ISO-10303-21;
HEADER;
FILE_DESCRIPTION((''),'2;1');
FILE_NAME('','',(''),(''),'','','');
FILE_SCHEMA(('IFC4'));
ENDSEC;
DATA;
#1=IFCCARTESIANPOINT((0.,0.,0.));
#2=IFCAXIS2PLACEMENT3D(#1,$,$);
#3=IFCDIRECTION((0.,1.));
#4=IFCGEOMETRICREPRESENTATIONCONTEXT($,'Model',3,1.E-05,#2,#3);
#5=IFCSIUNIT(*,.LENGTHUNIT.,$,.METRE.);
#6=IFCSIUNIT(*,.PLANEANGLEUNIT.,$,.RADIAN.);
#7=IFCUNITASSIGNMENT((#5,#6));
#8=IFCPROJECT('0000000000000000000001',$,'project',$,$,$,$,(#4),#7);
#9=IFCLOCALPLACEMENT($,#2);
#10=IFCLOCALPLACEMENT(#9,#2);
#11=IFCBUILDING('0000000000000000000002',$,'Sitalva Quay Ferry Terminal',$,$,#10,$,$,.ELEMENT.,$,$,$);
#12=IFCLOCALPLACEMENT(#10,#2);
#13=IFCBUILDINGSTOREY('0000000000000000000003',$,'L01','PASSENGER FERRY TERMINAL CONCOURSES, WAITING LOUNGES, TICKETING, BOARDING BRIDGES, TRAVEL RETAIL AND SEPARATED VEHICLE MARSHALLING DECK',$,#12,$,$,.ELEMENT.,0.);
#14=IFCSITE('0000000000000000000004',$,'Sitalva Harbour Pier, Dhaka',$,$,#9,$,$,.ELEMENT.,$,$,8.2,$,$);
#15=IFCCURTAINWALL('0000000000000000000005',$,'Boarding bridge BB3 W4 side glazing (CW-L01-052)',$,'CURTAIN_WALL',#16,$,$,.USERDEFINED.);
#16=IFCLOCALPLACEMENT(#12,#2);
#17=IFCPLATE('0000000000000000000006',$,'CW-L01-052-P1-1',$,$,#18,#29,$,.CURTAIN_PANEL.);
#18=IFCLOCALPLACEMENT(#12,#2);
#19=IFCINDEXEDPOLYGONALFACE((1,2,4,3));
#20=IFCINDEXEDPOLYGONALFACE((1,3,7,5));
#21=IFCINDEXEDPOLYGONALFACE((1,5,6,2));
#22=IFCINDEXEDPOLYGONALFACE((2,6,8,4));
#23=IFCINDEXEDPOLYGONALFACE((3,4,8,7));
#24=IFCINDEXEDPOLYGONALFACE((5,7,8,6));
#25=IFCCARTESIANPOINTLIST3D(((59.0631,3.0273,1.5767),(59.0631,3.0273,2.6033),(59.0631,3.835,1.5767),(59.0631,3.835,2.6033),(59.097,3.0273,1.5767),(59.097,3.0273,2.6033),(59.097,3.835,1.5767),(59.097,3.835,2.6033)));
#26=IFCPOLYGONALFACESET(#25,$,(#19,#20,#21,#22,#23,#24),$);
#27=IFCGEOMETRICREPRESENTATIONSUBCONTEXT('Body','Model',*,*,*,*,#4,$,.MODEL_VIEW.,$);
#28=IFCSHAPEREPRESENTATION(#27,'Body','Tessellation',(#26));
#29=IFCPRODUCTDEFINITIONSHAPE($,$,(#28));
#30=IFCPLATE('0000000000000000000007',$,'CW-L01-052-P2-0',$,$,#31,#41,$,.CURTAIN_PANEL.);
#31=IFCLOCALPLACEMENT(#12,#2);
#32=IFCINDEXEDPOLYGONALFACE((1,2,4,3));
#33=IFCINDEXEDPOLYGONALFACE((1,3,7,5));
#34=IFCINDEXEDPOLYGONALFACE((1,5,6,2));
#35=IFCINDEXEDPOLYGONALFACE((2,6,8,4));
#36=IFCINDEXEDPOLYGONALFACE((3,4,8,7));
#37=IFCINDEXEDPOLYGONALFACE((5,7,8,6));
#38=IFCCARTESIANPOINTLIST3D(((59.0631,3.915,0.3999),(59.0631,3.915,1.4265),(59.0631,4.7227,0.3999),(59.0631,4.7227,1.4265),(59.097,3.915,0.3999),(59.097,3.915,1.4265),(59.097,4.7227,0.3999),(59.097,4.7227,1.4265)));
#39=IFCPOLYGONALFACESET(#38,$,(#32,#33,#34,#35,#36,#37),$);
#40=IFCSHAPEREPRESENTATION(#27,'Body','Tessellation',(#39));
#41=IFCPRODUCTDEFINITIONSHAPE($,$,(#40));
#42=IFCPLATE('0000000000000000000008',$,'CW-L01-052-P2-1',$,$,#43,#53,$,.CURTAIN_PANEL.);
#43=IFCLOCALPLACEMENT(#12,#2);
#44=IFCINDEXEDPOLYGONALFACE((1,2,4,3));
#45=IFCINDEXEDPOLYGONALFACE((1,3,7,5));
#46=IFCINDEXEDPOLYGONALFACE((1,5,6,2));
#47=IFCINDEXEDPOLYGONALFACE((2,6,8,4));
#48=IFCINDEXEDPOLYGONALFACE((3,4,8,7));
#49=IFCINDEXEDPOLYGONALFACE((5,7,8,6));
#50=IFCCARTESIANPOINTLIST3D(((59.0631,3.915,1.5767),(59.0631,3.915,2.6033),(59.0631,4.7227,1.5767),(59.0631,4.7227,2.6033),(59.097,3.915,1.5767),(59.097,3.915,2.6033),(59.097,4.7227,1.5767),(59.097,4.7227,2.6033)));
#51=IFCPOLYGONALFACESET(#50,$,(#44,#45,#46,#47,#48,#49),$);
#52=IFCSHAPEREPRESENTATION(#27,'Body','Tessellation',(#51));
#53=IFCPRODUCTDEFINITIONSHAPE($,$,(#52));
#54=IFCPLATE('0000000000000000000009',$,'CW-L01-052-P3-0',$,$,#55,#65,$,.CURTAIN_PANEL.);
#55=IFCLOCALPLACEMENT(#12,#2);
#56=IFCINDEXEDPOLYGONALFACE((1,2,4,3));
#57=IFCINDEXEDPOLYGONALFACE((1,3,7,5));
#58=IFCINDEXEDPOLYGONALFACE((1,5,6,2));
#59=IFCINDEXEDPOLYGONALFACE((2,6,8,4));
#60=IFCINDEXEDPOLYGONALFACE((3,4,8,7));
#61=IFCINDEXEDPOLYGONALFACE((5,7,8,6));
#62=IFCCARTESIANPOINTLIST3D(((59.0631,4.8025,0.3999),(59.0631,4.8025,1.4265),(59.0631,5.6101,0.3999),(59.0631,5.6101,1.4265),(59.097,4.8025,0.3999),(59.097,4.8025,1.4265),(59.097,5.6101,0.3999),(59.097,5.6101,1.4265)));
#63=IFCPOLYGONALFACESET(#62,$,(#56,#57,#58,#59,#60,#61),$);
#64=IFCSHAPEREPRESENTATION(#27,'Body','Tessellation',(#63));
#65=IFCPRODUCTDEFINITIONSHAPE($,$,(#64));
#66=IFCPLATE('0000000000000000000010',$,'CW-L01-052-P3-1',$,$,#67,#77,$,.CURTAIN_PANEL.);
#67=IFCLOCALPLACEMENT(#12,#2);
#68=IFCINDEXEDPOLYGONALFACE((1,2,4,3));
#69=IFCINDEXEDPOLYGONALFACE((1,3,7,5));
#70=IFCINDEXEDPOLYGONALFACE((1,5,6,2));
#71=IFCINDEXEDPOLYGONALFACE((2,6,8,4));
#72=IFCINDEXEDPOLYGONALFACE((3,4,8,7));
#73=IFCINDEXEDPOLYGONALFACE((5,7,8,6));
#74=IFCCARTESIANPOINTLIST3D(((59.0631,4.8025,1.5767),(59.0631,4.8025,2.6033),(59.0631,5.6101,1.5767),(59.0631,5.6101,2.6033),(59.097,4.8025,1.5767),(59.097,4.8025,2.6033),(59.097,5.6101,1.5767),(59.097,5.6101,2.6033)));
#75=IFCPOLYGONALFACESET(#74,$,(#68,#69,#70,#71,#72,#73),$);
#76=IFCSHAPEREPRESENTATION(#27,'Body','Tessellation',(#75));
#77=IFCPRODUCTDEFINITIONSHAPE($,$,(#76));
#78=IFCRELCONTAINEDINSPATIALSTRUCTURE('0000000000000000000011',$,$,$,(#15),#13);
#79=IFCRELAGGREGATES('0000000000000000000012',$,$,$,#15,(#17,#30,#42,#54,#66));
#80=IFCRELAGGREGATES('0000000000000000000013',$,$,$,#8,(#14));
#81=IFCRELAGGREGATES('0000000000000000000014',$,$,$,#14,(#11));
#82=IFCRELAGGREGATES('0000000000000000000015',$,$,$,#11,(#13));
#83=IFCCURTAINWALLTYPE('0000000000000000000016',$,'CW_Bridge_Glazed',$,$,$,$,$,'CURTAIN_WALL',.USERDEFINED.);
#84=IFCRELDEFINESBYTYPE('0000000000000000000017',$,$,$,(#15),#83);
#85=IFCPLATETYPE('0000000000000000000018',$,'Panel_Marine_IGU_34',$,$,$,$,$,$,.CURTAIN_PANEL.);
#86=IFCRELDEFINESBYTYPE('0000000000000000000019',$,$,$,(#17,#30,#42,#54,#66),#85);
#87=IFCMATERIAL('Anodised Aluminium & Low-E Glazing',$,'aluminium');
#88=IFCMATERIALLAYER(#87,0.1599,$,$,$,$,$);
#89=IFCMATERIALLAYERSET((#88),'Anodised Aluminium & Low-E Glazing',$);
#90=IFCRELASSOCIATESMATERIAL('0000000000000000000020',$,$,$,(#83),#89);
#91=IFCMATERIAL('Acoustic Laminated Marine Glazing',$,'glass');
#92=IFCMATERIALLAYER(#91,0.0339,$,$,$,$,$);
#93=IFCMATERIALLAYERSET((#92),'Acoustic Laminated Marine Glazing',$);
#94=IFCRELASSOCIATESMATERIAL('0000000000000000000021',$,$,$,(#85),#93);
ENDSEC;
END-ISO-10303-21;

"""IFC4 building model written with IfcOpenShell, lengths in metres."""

from ifc_helpers import new_model, si_unit, direction, frame, origin, origin_2d, place, context, subcontext, project, spatial, rectangle, extrude, material, layer, layer_set, type_object, element, aggregate, save


model = new_model("IFC4")

# Units and contexts
model_context = context("Model", 3, precision=1e-05, world=origin(), true_north=direction((0.0, 1.0)))
body_context = subcontext(model_context, "Body", "Model", "MODEL_VIEW")
ifc_project = project(units=[si_unit("LENGTHUNIT", "METRE"), si_unit("PLANEANGLEUNIT", "RADIAN")], contexts=[model_context])

# Site, building, storey
site_placement = place(None, origin())
site = spatial("IfcSite", under=ifc_project, at=site_placement, Name="Sitalva Harbour Pier, Dhaka", CompositionType="ELEMENT", RefElevation=8.2)
building_placement = place(site_placement, origin())
building = spatial("IfcBuilding", under=site, at=building_placement, Name="Sitalva Quay Ferry Terminal", CompositionType="ELEMENT")
storey_placement = place(building_placement, origin())
storey = spatial("IfcBuildingStorey", under=building, at=storey_placement, Name="L01", Description="PASSENGER FERRY TERMINAL CONCOURSES, WAITING LOUNGES, TICKETING, BOARDING BRIDGES, TRAVEL RETAIL AND SEPARATED VEHICLE MARSHALLING DECK", CompositionType="ELEMENT", Elevation=0.0)

# Curtain wall
ifc_material_1 = material(Name="Anodised Aluminium & Low-E Glazing", Category="aluminium")
ifc_layer_1 = layer(ifc_material_1, 0.1599)
ifc_layer_set_1 = layer_set([ifc_layer_1], Name="Anodised Aluminium & Low-E Glazing")
curtain_wall_type = type_object("IfcCurtainWallType", Name="CW_Bridge_Glazed", ElementType="CURTAIN_WALL", PredefinedType="USERDEFINED", material=ifc_layer_set_1)
curtain_wall_placement = place(storey_placement, origin())
curtain_wall = element("IfcCurtainWall", 1, at=curtain_wall_placement, inside=storey, type_object=curtain_wall_type, Name="Boarding bridge BB3 W4 side glazing (CW-L01-052)", ObjectType="CURTAIN_WALL", PredefinedType="USERDEFINED")

# Plates
ifc_material_2 = material(Name="Acoustic Laminated Marine Glazing", Category="glass")
ifc_layer_2 = layer(ifc_material_2, 0.0339)
ifc_layer_set_2 = layer_set([ifc_layer_2], Name="Acoustic Laminated Marine Glazing")
plate_type_1 = type_object("IfcPlateType", Name="Panel_Marine_IGU_34", PredefinedType="CURTAIN_PANEL", material=ifc_layer_set_2)
plate_1_placement = place(storey_placement, frame((59.0801, 3.4312, 1.5767), z_axis=(0.0, 0.0, 1.0), x_axis=(0.0, 1.0, 0.0)))
plate_1 = element("IfcPlate", 2, at=plate_1_placement, type_object=plate_type_1, Name="CW-L01-052-P1-1", PredefinedType="CURTAIN_PANEL", context=body_context, shape_type="SweptSolid", body=[
    extrude(rectangle(XDim=0.8076, YDim=0.0339, at=origin_2d()), origin(), (0.0, 0.0, 1.0), 1.0266),
])
plate_2_placement = place(storey_placement, frame((59.0801, 4.3188, 0.3999), z_axis=(0.0, 0.0, 1.0), x_axis=(0.0, 1.0, 0.0)))
plate_2 = element("IfcPlate", 3, at=plate_2_placement, type_object=plate_type_1, Name="CW-L01-052-P2-0", PredefinedType="CURTAIN_PANEL", context=body_context, shape_type="SweptSolid", body=[
    extrude(rectangle(XDim=0.8076, YDim=0.0339, at=origin_2d()), origin(), (0.0, 0.0, 1.0), 1.0266),
])
plate_3_placement = place(storey_placement, frame((59.0801, 4.3188, 1.5767), z_axis=(0.0, 0.0, 1.0), x_axis=(0.0, 1.0, 0.0)))
plate_3 = element("IfcPlate", 4, at=plate_3_placement, type_object=plate_type_1, Name="CW-L01-052-P2-1", PredefinedType="CURTAIN_PANEL", context=body_context, shape_type="SweptSolid", body=[
    extrude(rectangle(XDim=0.8076, YDim=0.0339, at=origin_2d()), origin(), (0.0, 0.0, 1.0), 1.0266),
])
plate_4_placement = place(storey_placement, frame((59.0801, 5.2063, 0.3999), z_axis=(0.0, 0.0, 1.0), x_axis=(0.0, 1.0, 0.0)))
plate_4 = element("IfcPlate", 5, at=plate_4_placement, type_object=plate_type_1, Name="CW-L01-052-P3-0", PredefinedType="CURTAIN_PANEL", context=body_context, shape_type="SweptSolid", body=[
    extrude(rectangle(XDim=0.8076, YDim=0.0339, at=origin_2d()), origin(), (0.0, 0.0, 1.0), 1.0266),
])
plate_5_placement = place(storey_placement, frame((59.0801, 5.2063, 1.5767), z_axis=(0.0, 0.0, 1.0), x_axis=(0.0, 1.0, 0.0)))
plate_5 = element("IfcPlate", 6, at=plate_5_placement, type_object=plate_type_1, Name="CW-L01-052-P3-1", PredefinedType="CURTAIN_PANEL", context=body_context, shape_type="SweptSolid", body=[
    extrude(rectangle(XDim=0.8076, YDim=0.0339, at=origin_2d()), origin(), (0.0, 0.0, 1.0), 1.0266),
])
aggregate(curtain_wall, [plate_1, plate_2, plate_3, plate_4, plate_5])

save(model, "model.ifc")
